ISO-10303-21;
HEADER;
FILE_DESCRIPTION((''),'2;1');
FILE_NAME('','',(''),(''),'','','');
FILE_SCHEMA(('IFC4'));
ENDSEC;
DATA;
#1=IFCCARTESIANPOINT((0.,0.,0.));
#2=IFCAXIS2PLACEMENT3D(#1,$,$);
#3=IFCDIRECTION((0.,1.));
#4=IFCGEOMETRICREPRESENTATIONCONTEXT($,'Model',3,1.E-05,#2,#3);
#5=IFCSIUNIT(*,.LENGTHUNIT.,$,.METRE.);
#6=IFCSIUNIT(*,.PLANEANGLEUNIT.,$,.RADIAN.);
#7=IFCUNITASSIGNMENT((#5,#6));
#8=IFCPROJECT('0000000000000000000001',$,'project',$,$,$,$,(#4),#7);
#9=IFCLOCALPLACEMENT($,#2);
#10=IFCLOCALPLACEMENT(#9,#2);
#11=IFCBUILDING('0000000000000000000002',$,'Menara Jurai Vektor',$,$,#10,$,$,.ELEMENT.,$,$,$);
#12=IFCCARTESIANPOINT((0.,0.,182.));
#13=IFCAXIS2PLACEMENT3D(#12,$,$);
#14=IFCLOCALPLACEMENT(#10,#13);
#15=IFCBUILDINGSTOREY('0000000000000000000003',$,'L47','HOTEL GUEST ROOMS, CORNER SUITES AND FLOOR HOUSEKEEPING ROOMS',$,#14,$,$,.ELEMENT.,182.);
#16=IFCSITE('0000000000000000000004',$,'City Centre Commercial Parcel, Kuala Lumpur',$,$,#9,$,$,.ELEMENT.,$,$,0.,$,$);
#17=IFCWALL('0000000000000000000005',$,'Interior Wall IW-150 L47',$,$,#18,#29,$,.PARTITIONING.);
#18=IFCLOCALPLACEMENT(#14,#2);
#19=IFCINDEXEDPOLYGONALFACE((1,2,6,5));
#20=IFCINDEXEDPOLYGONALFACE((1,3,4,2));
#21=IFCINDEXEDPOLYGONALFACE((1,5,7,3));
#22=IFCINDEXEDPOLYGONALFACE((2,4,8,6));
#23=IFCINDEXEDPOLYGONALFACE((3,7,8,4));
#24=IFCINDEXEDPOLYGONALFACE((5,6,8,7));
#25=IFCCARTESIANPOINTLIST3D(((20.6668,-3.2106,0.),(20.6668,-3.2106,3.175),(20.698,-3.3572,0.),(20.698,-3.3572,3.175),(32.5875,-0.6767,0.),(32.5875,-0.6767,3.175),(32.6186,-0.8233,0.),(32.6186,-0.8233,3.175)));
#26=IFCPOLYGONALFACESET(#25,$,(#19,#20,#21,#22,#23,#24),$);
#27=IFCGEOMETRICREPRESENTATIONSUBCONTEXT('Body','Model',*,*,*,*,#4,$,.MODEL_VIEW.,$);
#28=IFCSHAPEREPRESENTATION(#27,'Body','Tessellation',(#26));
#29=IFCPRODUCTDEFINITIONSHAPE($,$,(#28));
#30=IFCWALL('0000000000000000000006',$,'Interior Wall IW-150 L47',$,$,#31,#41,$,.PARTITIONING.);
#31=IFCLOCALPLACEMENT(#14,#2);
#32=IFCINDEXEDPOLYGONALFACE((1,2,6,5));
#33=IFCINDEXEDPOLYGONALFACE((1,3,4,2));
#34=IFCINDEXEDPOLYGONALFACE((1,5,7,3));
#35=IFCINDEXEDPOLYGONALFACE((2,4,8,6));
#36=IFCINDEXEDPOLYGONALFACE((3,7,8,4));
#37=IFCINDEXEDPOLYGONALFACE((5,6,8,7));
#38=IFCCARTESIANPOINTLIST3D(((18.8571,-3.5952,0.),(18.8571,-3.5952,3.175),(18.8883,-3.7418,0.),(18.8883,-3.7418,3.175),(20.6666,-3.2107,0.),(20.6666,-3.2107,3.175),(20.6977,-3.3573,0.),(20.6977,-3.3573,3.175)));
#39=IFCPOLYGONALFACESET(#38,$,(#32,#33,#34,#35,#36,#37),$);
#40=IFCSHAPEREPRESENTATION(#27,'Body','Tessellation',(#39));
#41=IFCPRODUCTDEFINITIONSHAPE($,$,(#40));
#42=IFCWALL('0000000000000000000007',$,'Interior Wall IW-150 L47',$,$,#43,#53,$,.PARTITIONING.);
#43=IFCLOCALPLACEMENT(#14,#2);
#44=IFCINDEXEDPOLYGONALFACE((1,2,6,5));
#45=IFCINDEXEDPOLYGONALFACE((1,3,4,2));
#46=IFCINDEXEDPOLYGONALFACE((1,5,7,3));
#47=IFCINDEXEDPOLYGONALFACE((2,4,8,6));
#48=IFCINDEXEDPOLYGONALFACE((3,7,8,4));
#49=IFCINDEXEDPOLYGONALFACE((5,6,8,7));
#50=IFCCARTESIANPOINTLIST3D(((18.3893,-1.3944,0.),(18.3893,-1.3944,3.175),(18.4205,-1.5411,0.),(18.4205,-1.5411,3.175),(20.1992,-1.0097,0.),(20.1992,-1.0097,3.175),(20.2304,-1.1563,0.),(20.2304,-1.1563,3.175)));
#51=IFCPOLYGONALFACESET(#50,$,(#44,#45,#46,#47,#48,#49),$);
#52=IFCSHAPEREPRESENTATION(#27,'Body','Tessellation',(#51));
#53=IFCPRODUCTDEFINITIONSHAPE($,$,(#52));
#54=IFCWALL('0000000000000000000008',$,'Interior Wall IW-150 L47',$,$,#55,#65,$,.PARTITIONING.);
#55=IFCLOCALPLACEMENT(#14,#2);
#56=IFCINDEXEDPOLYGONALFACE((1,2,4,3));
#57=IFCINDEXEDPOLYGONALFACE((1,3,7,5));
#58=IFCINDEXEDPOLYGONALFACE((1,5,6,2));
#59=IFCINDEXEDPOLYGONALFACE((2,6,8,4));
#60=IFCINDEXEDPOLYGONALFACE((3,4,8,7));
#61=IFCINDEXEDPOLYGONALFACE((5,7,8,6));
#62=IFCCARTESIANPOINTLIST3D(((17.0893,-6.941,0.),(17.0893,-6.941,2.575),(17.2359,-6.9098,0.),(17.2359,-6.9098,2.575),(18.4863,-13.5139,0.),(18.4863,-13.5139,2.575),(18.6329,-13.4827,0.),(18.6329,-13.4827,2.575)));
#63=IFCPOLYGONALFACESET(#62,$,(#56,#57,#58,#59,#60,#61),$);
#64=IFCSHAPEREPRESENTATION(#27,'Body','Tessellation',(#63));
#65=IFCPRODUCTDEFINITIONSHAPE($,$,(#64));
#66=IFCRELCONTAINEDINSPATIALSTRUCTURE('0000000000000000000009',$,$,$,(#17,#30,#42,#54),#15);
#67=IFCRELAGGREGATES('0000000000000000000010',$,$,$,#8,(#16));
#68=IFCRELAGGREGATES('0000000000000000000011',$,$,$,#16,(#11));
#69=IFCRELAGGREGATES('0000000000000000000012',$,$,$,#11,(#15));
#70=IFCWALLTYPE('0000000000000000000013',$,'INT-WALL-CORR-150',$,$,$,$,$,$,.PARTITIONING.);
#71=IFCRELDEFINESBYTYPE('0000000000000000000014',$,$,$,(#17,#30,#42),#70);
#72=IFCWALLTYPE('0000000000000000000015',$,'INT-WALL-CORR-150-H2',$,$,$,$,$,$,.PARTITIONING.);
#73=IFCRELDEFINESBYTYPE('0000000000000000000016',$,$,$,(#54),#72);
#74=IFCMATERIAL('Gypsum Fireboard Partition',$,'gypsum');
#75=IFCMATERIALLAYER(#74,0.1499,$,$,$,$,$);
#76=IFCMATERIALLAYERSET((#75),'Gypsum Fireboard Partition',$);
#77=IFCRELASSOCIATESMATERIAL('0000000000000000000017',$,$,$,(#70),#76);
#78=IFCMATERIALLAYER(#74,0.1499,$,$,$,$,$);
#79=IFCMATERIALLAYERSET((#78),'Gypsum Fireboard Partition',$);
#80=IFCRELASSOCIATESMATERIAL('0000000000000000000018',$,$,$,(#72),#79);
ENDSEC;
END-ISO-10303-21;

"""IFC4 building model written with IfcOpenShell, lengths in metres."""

from ifc_helpers import new_model, si_unit, direction, frame, frame_2d, origin, place, context, subcontext, project, spatial, rectangle, extrude, material, layer, layer_set, type_object, element, save


model = new_model("IFC4")

# Units and contexts
model_context = context("Model", 3, precision=1e-05, world=origin(), true_north=direction((0.0, 1.0)))
body_context = subcontext(model_context, "Body", "Model", "MODEL_VIEW")
ifc_project = project(units=[si_unit("LENGTHUNIT", "METRE"), si_unit("PLANEANGLEUNIT", "RADIAN")], contexts=[model_context])

# Site, building, storey
site_placement = place(None, origin())
site = spatial("IfcSite", under=ifc_project, at=site_placement, Name="City Centre Commercial Parcel, Kuala Lumpur", CompositionType="ELEMENT", RefElevation=0.0)
building_placement = place(site_placement, origin())
building = spatial("IfcBuilding", under=site, at=building_placement, Name="Menara Jurai Vektor", CompositionType="ELEMENT")
storey_placement = place(building_placement, frame((0.0, 0.0, 182.0)))
storey = spatial("IfcBuildingStorey", under=building, at=storey_placement, Name="L47", Description="HOTEL GUEST ROOMS, CORNER SUITES AND FLOOR HOUSEKEEPING ROOMS", CompositionType="ELEMENT", Elevation=182.0)

# Shared definitions
ifc_material_1 = material(Name="Gypsum Fireboard Partition", Category="gypsum")
ifc_layer_1 = layer(ifc_material_1, 0.1499)
ifc_layer_set_1 = layer_set([ifc_layer_1], Name="Gypsum Fireboard Partition")
wall_type_1 = type_object("IfcWallType", Name="INT-WALL-CORR-150", PredefinedType="PARTITIONING", material=ifc_layer_set_1)

# Walls
wall_1_placement = place(storey_placement, frame((20.6824, -3.2839, 0.0), z_axis=(0.0, 0.0, 1.0), x_axis=(0.978146, 0.207921, 0.0)))
element("IfcWall", 1, at=wall_1_placement, inside=storey, type_object=wall_type_1, Name="Interior Wall IW-150 L47", PredefinedType="PARTITIONING", context=body_context, shape_type="SweptSolid", body=[
    extrude(rectangle(XDim=12.187, YDim=0.1499, at=frame_2d((6.0935, 0.0))), origin(), (0.0, 0.0, 1.0), 3.175),
])
wall_2_placement = place(storey_placement, frame((18.8728, -3.6685, 0.0), z_axis=(0.0, 0.0, 1.0), x_axis=(0.97816, 0.207852, 0.0)))
element("IfcWall", 2, at=wall_2_placement, inside=storey, type_object=wall_type_1, Name="Interior Wall IW-150 L47", PredefinedType="PARTITIONING", context=body_context, shape_type="SweptSolid", body=[
    extrude(rectangle(XDim=1.8499, YDim=0.1499, at=frame_2d((0.9248, 0.0))), origin(), (0.0, 0.0, 1.0), 3.175),
])
wall_3_placement = place(storey_placement, frame((18.4048, -1.4678, 0.0), z_axis=(0.0, 0.0, 1.0), x_axis=(0.978139, 0.207952, 0.0)))
element("IfcWall", 3, at=wall_3_placement, inside=storey, type_object=wall_type_1, Name="Interior Wall IW-150 L47", PredefinedType="PARTITIONING", context=body_context, shape_type="SweptSolid", body=[
    extrude(rectangle(XDim=1.8503, YDim=0.1499, at=frame_2d((0.9253, 0.0))), origin(), (0.0, 0.0, 1.0), 3.175),
])

# Wall
ifc_layer_2 = layer(ifc_material_1, 0.1499)
ifc_layer_set_2 = layer_set([ifc_layer_2], Name="Gypsum Fireboard Partition")
wall_type_2 = type_object("IfcWallType", Name="INT-WALL-CORR-150-H2", PredefinedType="PARTITIONING", material=ifc_layer_set_2)
wall_4_placement = place(storey_placement, frame((18.5596, -13.4983, 0.0), z_axis=(0.0, 0.0, 1.0), x_axis=(-0.207889, 0.978152, 0.0)))
element("IfcWall", 4, at=wall_4_placement, inside=storey, type_object=wall_type_2, Name="Interior Wall IW-150 L47", PredefinedType="PARTITIONING", context=body_context, shape_type="SweptSolid", body=[
    extrude(rectangle(XDim=6.7197, YDim=0.1499, at=frame_2d((3.3599, 0.0))), origin(), (0.0, 0.0, 1.0), 2.575),
])

save(model, "model.ifc")
